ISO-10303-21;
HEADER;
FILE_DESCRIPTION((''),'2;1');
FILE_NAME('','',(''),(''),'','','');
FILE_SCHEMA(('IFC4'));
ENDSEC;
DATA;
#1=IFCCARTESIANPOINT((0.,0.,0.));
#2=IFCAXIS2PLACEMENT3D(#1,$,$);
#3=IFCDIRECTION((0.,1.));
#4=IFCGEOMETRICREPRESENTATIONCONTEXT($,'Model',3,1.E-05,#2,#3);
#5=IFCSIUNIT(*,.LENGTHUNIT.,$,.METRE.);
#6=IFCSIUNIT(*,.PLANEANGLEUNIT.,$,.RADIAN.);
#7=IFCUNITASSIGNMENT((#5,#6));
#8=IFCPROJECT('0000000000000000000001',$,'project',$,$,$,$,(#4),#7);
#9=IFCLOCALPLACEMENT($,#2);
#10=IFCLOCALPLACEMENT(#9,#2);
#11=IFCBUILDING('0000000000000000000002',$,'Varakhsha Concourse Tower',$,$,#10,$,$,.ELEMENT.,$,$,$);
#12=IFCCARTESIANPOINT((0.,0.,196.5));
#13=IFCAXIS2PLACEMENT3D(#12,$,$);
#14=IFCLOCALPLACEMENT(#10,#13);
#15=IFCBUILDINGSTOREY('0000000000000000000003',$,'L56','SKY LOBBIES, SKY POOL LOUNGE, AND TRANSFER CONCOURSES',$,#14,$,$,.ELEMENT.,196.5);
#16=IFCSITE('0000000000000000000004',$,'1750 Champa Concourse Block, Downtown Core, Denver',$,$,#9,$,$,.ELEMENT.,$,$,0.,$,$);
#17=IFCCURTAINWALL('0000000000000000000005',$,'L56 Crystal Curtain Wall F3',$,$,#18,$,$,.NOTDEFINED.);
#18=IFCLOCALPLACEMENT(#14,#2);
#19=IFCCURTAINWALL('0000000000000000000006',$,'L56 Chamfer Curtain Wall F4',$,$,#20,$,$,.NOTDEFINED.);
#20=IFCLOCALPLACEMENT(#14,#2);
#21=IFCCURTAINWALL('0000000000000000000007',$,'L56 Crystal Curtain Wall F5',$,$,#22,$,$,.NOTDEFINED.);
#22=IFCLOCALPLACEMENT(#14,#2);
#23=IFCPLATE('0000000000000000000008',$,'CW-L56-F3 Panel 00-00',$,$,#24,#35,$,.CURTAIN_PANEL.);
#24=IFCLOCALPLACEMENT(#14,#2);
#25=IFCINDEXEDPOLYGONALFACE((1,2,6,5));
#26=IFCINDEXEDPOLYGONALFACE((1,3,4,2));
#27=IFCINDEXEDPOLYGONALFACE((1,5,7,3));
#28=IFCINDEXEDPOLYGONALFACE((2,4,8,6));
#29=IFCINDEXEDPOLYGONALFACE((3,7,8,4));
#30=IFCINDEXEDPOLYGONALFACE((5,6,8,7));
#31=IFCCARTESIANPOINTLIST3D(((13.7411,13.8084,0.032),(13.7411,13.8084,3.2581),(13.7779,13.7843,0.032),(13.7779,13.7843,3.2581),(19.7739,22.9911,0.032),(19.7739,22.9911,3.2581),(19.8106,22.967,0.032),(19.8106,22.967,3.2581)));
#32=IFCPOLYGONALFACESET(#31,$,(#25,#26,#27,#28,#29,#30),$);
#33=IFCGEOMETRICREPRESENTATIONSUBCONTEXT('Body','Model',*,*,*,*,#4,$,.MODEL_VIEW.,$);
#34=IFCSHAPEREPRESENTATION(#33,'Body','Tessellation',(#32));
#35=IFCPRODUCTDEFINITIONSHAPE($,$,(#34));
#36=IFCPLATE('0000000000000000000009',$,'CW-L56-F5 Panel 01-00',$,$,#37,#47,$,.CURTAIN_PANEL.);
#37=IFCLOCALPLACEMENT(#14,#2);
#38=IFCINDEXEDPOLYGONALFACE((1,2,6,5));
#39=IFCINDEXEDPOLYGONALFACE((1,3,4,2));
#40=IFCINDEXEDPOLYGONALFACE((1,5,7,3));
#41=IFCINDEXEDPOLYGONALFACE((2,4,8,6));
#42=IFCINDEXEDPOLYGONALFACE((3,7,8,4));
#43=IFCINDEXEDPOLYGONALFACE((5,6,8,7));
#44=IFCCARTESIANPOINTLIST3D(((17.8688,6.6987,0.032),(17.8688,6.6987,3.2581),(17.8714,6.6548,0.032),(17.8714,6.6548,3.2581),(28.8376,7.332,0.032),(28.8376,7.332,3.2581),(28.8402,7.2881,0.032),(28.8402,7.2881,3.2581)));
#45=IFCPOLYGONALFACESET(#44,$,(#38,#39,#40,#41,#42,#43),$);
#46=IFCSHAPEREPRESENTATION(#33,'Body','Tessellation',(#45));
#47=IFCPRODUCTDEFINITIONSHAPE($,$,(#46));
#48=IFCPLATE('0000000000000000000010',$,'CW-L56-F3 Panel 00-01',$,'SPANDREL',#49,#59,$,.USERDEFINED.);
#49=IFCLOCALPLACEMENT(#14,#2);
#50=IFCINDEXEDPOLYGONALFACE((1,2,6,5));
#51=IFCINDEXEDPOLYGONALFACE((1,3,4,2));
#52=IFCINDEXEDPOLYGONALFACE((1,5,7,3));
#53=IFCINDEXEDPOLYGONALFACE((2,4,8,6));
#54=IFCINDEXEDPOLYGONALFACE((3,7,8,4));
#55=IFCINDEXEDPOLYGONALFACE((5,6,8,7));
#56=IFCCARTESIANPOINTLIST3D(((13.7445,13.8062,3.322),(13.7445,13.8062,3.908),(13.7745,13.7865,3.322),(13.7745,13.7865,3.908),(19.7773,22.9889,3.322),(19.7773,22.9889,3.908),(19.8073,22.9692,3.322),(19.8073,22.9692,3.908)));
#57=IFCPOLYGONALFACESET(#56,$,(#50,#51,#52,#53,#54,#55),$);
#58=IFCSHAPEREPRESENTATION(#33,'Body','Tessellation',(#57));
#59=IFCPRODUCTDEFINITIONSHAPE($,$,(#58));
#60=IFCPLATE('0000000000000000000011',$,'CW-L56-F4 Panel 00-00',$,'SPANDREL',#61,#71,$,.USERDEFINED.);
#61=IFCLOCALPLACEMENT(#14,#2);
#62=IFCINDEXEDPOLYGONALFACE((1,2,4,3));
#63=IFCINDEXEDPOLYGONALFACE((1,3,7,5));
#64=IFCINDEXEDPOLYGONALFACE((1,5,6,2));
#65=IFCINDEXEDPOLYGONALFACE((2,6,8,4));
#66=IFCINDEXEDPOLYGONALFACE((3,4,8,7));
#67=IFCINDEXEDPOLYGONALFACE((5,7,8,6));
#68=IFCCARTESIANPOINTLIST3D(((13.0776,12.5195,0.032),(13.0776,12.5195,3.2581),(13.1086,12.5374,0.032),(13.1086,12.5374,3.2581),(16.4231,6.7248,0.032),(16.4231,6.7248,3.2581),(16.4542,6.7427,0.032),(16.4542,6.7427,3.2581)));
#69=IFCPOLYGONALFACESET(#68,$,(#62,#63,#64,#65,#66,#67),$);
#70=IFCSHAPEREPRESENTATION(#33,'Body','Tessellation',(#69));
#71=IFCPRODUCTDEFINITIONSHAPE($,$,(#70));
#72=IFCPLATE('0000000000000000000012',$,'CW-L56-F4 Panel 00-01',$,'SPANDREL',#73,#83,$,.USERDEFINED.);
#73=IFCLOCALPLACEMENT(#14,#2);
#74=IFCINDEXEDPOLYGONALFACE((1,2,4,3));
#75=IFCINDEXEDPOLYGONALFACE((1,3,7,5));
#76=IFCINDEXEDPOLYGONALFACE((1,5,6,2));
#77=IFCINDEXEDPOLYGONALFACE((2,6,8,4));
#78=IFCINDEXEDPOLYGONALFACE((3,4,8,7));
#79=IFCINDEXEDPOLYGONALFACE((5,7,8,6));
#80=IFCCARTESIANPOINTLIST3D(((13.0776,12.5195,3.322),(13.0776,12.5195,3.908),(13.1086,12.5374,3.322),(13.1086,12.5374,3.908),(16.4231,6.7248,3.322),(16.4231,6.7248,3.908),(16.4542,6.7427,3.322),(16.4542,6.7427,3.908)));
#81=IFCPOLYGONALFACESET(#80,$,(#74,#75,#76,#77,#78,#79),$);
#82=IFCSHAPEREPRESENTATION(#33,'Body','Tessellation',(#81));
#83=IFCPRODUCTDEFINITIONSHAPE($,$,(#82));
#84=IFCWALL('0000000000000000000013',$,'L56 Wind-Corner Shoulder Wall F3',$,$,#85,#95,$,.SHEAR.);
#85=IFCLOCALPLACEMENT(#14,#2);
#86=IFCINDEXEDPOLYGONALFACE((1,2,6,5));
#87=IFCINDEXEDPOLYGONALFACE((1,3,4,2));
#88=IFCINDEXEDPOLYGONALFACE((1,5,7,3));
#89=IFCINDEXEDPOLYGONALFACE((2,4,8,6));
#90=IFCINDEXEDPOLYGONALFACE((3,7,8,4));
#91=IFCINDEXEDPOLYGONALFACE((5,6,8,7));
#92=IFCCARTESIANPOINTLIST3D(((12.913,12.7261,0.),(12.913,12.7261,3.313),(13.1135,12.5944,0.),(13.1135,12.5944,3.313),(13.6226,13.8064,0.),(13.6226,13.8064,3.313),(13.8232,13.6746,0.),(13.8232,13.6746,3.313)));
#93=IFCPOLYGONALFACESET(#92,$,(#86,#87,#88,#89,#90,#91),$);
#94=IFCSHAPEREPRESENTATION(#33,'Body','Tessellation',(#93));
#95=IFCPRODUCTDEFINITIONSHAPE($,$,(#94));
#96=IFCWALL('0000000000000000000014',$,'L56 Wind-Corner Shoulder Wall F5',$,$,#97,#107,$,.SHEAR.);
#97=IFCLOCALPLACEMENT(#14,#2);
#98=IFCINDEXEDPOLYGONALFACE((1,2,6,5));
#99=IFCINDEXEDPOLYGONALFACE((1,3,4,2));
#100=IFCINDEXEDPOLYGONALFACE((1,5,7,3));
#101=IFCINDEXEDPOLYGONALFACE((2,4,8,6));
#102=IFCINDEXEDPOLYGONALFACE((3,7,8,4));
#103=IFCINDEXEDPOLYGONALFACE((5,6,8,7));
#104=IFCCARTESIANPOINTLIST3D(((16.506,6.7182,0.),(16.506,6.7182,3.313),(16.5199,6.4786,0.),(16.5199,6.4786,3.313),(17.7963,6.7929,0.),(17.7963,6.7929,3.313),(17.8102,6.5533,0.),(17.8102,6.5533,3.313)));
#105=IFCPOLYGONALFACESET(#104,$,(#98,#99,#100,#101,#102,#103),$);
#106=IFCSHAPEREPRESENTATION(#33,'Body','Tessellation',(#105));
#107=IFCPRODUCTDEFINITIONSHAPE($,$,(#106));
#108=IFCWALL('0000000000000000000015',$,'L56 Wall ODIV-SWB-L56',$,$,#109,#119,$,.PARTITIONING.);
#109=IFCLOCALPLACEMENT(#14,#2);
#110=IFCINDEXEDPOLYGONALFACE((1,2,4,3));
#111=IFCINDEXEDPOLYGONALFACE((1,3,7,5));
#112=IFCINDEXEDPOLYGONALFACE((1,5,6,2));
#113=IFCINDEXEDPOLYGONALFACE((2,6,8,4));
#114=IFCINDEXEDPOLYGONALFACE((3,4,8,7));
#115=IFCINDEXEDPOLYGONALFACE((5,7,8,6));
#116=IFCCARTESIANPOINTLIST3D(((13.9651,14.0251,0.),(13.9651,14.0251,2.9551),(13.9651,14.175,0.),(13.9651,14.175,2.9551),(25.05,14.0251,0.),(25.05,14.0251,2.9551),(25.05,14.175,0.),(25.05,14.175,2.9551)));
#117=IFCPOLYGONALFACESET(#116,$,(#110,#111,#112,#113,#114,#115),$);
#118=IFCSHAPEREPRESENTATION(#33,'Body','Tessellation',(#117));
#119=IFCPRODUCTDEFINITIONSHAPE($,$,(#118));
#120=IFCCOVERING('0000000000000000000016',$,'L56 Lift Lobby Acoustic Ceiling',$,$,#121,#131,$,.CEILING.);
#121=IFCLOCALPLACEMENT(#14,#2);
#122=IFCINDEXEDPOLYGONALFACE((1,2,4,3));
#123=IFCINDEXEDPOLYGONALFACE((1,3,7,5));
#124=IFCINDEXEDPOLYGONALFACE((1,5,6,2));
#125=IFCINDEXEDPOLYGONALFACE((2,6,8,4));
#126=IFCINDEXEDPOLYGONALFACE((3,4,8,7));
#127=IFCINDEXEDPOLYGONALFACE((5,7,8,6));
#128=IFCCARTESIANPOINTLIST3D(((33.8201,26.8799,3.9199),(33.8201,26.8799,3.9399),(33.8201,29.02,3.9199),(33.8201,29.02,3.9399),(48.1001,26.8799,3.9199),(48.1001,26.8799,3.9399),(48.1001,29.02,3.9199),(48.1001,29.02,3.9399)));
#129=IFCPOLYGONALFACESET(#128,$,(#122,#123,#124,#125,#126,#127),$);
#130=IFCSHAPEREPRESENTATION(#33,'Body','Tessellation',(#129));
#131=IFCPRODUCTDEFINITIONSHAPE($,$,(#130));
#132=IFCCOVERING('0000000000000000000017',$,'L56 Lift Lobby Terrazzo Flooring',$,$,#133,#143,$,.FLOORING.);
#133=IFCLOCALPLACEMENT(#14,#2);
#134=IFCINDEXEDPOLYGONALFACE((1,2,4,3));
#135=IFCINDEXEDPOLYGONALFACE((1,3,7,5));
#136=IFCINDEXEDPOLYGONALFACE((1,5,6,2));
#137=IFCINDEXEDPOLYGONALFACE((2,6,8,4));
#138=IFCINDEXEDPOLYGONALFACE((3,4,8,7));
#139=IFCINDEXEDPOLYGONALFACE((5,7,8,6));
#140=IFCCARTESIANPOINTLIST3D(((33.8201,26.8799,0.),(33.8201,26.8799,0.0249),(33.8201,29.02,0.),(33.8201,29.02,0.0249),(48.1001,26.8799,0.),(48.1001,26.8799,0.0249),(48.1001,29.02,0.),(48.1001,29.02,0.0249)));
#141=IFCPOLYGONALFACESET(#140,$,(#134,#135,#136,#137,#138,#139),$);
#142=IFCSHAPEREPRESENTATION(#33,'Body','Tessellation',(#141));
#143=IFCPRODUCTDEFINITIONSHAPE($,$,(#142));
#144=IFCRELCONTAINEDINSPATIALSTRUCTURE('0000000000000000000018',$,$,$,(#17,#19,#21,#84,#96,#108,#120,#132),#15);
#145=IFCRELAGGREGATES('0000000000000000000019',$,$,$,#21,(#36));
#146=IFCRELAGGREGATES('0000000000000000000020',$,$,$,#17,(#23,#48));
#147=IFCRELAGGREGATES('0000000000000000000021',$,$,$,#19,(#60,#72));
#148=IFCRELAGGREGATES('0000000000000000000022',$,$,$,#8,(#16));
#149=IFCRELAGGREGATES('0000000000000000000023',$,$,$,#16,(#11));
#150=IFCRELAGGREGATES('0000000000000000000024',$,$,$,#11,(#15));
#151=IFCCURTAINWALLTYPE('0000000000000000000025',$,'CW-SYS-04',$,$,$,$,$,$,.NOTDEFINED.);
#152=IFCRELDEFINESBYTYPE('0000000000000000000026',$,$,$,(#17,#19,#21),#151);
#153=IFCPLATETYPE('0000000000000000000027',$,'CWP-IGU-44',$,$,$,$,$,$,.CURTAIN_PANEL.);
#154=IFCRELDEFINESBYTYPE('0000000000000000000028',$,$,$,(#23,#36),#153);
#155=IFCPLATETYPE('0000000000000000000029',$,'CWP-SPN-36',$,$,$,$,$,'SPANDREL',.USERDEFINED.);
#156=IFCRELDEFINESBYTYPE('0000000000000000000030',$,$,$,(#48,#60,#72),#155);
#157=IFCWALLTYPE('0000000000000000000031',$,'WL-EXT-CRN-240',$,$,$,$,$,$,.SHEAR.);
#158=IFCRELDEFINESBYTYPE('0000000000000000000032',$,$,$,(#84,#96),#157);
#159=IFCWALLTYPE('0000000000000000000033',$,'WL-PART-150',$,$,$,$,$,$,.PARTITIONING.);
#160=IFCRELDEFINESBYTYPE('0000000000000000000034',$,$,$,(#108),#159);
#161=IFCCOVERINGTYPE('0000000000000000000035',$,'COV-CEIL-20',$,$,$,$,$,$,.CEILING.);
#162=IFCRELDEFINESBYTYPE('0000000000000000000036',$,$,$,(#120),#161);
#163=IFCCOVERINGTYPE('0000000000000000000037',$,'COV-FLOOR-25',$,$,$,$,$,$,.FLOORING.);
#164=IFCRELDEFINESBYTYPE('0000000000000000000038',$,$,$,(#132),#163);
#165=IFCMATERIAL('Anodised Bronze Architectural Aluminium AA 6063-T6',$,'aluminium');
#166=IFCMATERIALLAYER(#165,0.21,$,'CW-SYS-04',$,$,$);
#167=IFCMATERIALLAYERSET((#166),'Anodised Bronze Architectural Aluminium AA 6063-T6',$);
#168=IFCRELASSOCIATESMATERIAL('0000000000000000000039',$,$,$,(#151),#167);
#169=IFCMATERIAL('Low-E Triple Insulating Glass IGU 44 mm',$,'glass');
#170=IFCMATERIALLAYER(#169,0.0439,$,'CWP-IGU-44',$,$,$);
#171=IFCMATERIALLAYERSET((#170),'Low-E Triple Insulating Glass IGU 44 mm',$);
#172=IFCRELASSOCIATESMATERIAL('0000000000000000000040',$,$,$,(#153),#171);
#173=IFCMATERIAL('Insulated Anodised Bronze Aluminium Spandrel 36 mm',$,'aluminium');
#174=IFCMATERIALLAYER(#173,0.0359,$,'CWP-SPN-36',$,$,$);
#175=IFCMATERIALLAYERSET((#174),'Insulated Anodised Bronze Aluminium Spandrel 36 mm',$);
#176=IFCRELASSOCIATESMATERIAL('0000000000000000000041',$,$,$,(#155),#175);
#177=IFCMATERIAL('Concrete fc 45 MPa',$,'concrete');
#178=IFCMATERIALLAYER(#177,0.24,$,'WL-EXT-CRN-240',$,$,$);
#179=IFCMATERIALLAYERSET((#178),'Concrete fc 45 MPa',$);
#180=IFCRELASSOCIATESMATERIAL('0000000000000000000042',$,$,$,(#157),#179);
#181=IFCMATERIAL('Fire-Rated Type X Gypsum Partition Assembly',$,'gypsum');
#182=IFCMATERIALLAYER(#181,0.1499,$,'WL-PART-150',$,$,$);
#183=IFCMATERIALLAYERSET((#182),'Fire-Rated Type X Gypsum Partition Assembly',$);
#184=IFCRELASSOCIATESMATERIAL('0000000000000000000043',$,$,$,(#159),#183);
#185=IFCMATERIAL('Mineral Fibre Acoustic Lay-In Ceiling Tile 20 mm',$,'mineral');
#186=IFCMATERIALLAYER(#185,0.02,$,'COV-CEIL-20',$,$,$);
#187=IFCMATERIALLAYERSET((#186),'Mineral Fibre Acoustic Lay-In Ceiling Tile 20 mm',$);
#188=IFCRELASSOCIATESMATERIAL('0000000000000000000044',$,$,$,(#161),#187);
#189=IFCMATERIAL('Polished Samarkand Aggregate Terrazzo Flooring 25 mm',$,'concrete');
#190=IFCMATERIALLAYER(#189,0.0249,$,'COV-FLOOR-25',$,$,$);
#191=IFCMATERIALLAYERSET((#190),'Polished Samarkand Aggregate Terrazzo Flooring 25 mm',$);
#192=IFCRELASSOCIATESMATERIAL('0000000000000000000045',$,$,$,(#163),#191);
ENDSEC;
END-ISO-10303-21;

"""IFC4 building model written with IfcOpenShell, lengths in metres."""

from ifc_helpers import new_model, si_unit, direction, frame, frame_2d, origin, origin_2d, place, context, subcontext, project, spatial, polyline, rectangle, outline, extrude, source, transform, mapped, material, layer, layer_set, type_object, type_shapes, element, aggregate, save


model = new_model("IFC4")

# Units and contexts
model_context = context("Model", 3, precision=1e-05, world=origin(), true_north=direction((0.0, 1.0)))
body_context = subcontext(model_context, "Body", "Model", "MODEL_VIEW")
ifc_project = project(units=[si_unit("LENGTHUNIT", "METRE"), si_unit("PLANEANGLEUNIT", "RADIAN")], contexts=[model_context])

# Site, building, storey
site_placement = place(None, origin())
site = spatial("IfcSite", under=ifc_project, at=site_placement, Name="1750 Champa Concourse Block, Downtown Core, Denver", CompositionType="ELEMENT", RefElevation=0.0)
building_placement = place(site_placement, origin())
building = spatial("IfcBuilding", under=site, at=building_placement, Name="Varakhsha Concourse Tower", CompositionType="ELEMENT")
storey_placement = place(building_placement, frame((0.0, 0.0, 196.5)))
storey = spatial("IfcBuildingStorey", under=building, at=storey_placement, Name="L56", Description="SKY LOBBIES, SKY POOL LOUNGE, AND TRANSFER CONCOURSES", CompositionType="ELEMENT", Elevation=196.5)

# Curtain wall
ifc_material_1 = material(Name="Anodised Bronze Architectural Aluminium AA 6063-T6", Category="aluminium")
ifc_layer_1 = layer(ifc_material_1, 0.21, Name="CW-SYS-04")
ifc_layer_set_1 = layer_set([ifc_layer_1], Name="Anodised Bronze Architectural Aluminium AA 6063-T6")
curtain_wall_type = type_object("IfcCurtainWallType", Name="CW-SYS-04", PredefinedType="NOTDEFINED", material=ifc_layer_set_1)
curtain_wall_1_placement = place(storey_placement, origin())
curtain_wall_1 = element("IfcCurtainWall", 1, at=curtain_wall_1_placement, inside=storey, type_object=curtain_wall_type, Name="L56 Crystal Curtain Wall F3", PredefinedType="NOTDEFINED")

# Curtain wall
curtain_wall_2_placement = place(storey_placement, origin())
curtain_wall_2 = element("IfcCurtainWall", 2, at=curtain_wall_2_placement, inside=storey, type_object=curtain_wall_type, Name="L56 Chamfer Curtain Wall F4", PredefinedType="NOTDEFINED")

# Curtain wall
curtain_wall_3_placement = place(storey_placement, origin())
curtain_wall_3 = element("IfcCurtainWall", 3, at=curtain_wall_3_placement, inside=storey, type_object=curtain_wall_type, Name="L56 Crystal Curtain Wall F5", PredefinedType="NOTDEFINED")

# Shared definitions
ifc_material_2 = material(Name="Concrete fc 45 MPa", Category="concrete")

# Plates
ifc_material_3 = material(Name="Low-E Triple Insulating Glass IGU 44 mm", Category="glass")
ifc_layer_2 = layer(ifc_material_3, 0.0439, Name="CWP-IGU-44")
ifc_layer_set_2 = layer_set([ifc_layer_2], Name="Low-E Triple Insulating Glass IGU 44 mm")
plate_type_1 = type_object("IfcPlateType", Name="CWP-IGU-44", PredefinedType="CURTAIN_PANEL", material=ifc_layer_set_2)
shared_shape_1 = source(origin(), body_context, "Body", "SweptSolid", [
    extrude(rectangle(XDim=10.9871, YDim=0.0439, at=origin_2d()), origin(), (0.0, 0.0, 1.0), 3.2261),
])
type_shapes(plate_type_1, [shared_shape_1])
plate_1_placement = place(storey_placement, frame((16.7759, 18.3877, 0.032), z_axis=(0.0, 0.0, 1.0), x_axis=(0.54908, 0.83577, 0.0)))
plate_1 = element("IfcPlate", 4, at=plate_1_placement, type_object=plate_type_1, Name="CW-L56-F3 Panel 00-00", PredefinedType="CURTAIN_PANEL", context=body_context, shape_type="MappedRepresentation", body=[
    mapped(shared_shape_1, transform((0.0, 0.0, 0.0), scale=1.0)),
])
plate_2_placement = place(storey_placement, frame((23.3545, 6.9934, 0.032), z_axis=(0.0, 0.0, 1.0), x_axis=(-0.998337, -0.057639, 0.0)))
plate_2 = element("IfcPlate", 5, at=plate_2_placement, type_object=plate_type_1, Name="CW-L56-F5 Panel 01-00", PredefinedType="CURTAIN_PANEL", context=body_context, shape_type="MappedRepresentation", body=[
    mapped(shared_shape_1, transform((0.0, 0.0, 0.0), scale=1.0)),
])
aggregate(curtain_wall_3, [plate_2])
ifc_material_4 = material(Name="Insulated Anodised Bronze Aluminium Spandrel 36 mm", Category="aluminium")
ifc_layer_3 = layer(ifc_material_4, 0.0359, Name="CWP-SPN-36")
ifc_layer_set_3 = layer_set([ifc_layer_3], Name="Insulated Anodised Bronze Aluminium Spandrel 36 mm")
plate_type_2 = type_object("IfcPlateType", Name="CWP-SPN-36", ElementType="SPANDREL", PredefinedType="USERDEFINED", material=ifc_layer_set_3)
shared_shape_2 = source(origin(), body_context, "Body", "SweptSolid", [
    extrude(rectangle(XDim=10.9871, YDim=0.0359, at=origin_2d()), origin(), (0.0, 0.0, 1.0), 0.5859),
])
plate_3_placement = place(storey_placement, frame((16.7759, 18.3877, 3.322), z_axis=(0.0, 0.0, 1.0), x_axis=(0.54908, 0.83577, 0.0)))
plate_3 = element("IfcPlate", 6, at=plate_3_placement, type_object=plate_type_2, Name="CW-L56-F3 Panel 00-01", ObjectType="SPANDREL", PredefinedType="USERDEFINED", context=body_context, shape_type="MappedRepresentation", body=[
    mapped(shared_shape_2, transform((0.0, 0.0, 0.0), scale=1.0)),
])
aggregate(curtain_wall_1, [plate_1, plate_3])
shared_shape_3 = source(origin(), body_context, "Body", "SweptSolid", [
    extrude(rectangle(XDim=6.6912, YDim=0.0359, at=origin_2d()), origin(), (0.0, 0.0, 1.0), 3.2261),
])
plate_4_placement = place(storey_placement, frame((14.7659, 9.6311, 0.032), z_axis=(0.0, 0.0, 1.0), x_axis=(-0.499995, 0.866028, 0.0)))
plate_4 = element("IfcPlate", 7, at=plate_4_placement, type_object=plate_type_2, Name="CW-L56-F4 Panel 00-00", ObjectType="SPANDREL", PredefinedType="USERDEFINED", context=body_context, shape_type="MappedRepresentation", body=[
    mapped(shared_shape_3, transform((0.0, 0.0, 0.0), scale=1.0)),
])
shared_shape_4 = source(origin(), body_context, "Body", "SweptSolid", [
    extrude(rectangle(XDim=6.6912, YDim=0.0359, at=origin_2d()), origin(), (0.0, 0.0, 1.0), 0.5859),
])
type_shapes(plate_type_2, [shared_shape_2, shared_shape_3, shared_shape_4])
plate_5_placement = place(storey_placement, frame((14.7659, 9.6311, 3.322), z_axis=(0.0, 0.0, 1.0), x_axis=(-0.499995, 0.866028, 0.0)))
plate_5 = element("IfcPlate", 8, at=plate_5_placement, type_object=plate_type_2, Name="CW-L56-F4 Panel 00-01", ObjectType="SPANDREL", PredefinedType="USERDEFINED", context=body_context, shape_type="MappedRepresentation", body=[
    mapped(shared_shape_4, transform((0.0, 0.0, 0.0), scale=1.0)),
])
aggregate(curtain_wall_2, [plate_4, plate_5])

# Walls
ifc_layer_4 = layer(ifc_material_2, 0.24, Name="WL-EXT-CRN-240")
ifc_layer_set_4 = layer_set([ifc_layer_4], Name="Concrete fc 45 MPa")
wall_type_1 = type_object("IfcWallType", Name="WL-EXT-CRN-240", PredefinedType="SHEAR", material=ifc_layer_set_4)
for number, where, z_axis, x_axis, name in (
    (9, (13.7229, 13.7405, 0.0), (0.0, 0.0, 1.0), (-0.549065, -0.83578, 0.0), "L56 Wind-Corner Shoulder Wall F3"),
    (10, (16.5129, 6.5984, 0.0), (0.0, 0.0, 1.0), (0.998328, 0.057803, 0.0), "L56 Wind-Corner Shoulder Wall F5"),
):
    element("IfcWall", number, at=place(storey_placement, frame(where, z_axis=z_axis, x_axis=x_axis)), inside=storey, type_object=wall_type_1, Name=name, PredefinedType="SHEAR", context=body_context, shape_type="SweptSolid", body=[
        extrude(rectangle(XDim=1.2925, YDim=0.24, at=frame_2d((0.6462, 0.0))), origin(), (0.0, 0.0, 1.0), 3.313),
    ])
ifc_material_5 = material(Name="Fire-Rated Type X Gypsum Partition Assembly", Category="gypsum")
ifc_layer_5 = layer(ifc_material_5, 0.1499, Name="WL-PART-150")
ifc_layer_set_5 = layer_set([ifc_layer_5], Name="Fire-Rated Type X Gypsum Partition Assembly")
wall_type_2 = type_object("IfcWallType", Name="WL-PART-150", PredefinedType="PARTITIONING", material=ifc_layer_set_5)
wall_placement = place(storey_placement, frame((13.9651, 14.1001, 0.0), z_axis=(0.0, 0.0, 1.0), x_axis=(1.0, 0.0, 0.0)))
element("IfcWall", 11, at=wall_placement, inside=storey, type_object=wall_type_2, Name="L56 Wall ODIV-SWB-L56", PredefinedType="PARTITIONING", context=body_context, shape_type="SweptSolid", body=[
    extrude(rectangle(XDim=11.085, YDim=0.1499, at=frame_2d((5.5425, 0.0))), origin(), (0.0, 0.0, 1.0), 2.9551),
])

# Coverings
ifc_material_6 = material(Name="Mineral Fibre Acoustic Lay-In Ceiling Tile 20 mm", Category="mineral")
ifc_layer_6 = layer(ifc_material_6, 0.02, Name="COV-CEIL-20")
ifc_layer_set_6 = layer_set([ifc_layer_6], Name="Mineral Fibre Acoustic Lay-In Ceiling Tile 20 mm")
covering_type_1 = type_object("IfcCoveringType", Name="COV-CEIL-20", PredefinedType="CEILING", material=ifc_layer_set_6)
covering_1_placement = place(storey_placement, frame((0.0, 0.0, 3.9199)))
element("IfcCovering", 12, at=covering_1_placement, inside=storey, type_object=covering_type_1, Name="L56 Lift Lobby Acoustic Ceiling", PredefinedType="CEILING", context=body_context, shape_type="SweptSolid", body=[
    extrude(outline(polyline([(33.8201, 26.8799), (48.1001, 26.8799), (48.1001, 29.02), (33.8201, 29.02), (33.8201, 26.8799)])), origin(), (0.0, 0.0, 1.0), 0.02),
])
ifc_material_7 = material(Name="Polished Samarkand Aggregate Terrazzo Flooring 25 mm", Category="concrete")
ifc_layer_7 = layer(ifc_material_7, 0.0249, Name="COV-FLOOR-25")
ifc_layer_set_7 = layer_set([ifc_layer_7], Name="Polished Samarkand Aggregate Terrazzo Flooring 25 mm")
covering_type_2 = type_object("IfcCoveringType", Name="COV-FLOOR-25", PredefinedType="FLOORING", material=ifc_layer_set_7)
covering_2_placement = place(storey_placement, origin())
element("IfcCovering", 13, at=covering_2_placement, inside=storey, type_object=covering_type_2, Name="L56 Lift Lobby Terrazzo Flooring", PredefinedType="FLOORING", context=body_context, shape_type="SweptSolid", body=[
    extrude(outline(polyline([(33.8201, 26.8799), (48.1001, 26.8799), (48.1001, 29.02), (33.8201, 29.02), (33.8201, 26.8799)])), origin(), (0.0, 0.0, 1.0), 0.0249),
])

save(model, "model.ifc")
